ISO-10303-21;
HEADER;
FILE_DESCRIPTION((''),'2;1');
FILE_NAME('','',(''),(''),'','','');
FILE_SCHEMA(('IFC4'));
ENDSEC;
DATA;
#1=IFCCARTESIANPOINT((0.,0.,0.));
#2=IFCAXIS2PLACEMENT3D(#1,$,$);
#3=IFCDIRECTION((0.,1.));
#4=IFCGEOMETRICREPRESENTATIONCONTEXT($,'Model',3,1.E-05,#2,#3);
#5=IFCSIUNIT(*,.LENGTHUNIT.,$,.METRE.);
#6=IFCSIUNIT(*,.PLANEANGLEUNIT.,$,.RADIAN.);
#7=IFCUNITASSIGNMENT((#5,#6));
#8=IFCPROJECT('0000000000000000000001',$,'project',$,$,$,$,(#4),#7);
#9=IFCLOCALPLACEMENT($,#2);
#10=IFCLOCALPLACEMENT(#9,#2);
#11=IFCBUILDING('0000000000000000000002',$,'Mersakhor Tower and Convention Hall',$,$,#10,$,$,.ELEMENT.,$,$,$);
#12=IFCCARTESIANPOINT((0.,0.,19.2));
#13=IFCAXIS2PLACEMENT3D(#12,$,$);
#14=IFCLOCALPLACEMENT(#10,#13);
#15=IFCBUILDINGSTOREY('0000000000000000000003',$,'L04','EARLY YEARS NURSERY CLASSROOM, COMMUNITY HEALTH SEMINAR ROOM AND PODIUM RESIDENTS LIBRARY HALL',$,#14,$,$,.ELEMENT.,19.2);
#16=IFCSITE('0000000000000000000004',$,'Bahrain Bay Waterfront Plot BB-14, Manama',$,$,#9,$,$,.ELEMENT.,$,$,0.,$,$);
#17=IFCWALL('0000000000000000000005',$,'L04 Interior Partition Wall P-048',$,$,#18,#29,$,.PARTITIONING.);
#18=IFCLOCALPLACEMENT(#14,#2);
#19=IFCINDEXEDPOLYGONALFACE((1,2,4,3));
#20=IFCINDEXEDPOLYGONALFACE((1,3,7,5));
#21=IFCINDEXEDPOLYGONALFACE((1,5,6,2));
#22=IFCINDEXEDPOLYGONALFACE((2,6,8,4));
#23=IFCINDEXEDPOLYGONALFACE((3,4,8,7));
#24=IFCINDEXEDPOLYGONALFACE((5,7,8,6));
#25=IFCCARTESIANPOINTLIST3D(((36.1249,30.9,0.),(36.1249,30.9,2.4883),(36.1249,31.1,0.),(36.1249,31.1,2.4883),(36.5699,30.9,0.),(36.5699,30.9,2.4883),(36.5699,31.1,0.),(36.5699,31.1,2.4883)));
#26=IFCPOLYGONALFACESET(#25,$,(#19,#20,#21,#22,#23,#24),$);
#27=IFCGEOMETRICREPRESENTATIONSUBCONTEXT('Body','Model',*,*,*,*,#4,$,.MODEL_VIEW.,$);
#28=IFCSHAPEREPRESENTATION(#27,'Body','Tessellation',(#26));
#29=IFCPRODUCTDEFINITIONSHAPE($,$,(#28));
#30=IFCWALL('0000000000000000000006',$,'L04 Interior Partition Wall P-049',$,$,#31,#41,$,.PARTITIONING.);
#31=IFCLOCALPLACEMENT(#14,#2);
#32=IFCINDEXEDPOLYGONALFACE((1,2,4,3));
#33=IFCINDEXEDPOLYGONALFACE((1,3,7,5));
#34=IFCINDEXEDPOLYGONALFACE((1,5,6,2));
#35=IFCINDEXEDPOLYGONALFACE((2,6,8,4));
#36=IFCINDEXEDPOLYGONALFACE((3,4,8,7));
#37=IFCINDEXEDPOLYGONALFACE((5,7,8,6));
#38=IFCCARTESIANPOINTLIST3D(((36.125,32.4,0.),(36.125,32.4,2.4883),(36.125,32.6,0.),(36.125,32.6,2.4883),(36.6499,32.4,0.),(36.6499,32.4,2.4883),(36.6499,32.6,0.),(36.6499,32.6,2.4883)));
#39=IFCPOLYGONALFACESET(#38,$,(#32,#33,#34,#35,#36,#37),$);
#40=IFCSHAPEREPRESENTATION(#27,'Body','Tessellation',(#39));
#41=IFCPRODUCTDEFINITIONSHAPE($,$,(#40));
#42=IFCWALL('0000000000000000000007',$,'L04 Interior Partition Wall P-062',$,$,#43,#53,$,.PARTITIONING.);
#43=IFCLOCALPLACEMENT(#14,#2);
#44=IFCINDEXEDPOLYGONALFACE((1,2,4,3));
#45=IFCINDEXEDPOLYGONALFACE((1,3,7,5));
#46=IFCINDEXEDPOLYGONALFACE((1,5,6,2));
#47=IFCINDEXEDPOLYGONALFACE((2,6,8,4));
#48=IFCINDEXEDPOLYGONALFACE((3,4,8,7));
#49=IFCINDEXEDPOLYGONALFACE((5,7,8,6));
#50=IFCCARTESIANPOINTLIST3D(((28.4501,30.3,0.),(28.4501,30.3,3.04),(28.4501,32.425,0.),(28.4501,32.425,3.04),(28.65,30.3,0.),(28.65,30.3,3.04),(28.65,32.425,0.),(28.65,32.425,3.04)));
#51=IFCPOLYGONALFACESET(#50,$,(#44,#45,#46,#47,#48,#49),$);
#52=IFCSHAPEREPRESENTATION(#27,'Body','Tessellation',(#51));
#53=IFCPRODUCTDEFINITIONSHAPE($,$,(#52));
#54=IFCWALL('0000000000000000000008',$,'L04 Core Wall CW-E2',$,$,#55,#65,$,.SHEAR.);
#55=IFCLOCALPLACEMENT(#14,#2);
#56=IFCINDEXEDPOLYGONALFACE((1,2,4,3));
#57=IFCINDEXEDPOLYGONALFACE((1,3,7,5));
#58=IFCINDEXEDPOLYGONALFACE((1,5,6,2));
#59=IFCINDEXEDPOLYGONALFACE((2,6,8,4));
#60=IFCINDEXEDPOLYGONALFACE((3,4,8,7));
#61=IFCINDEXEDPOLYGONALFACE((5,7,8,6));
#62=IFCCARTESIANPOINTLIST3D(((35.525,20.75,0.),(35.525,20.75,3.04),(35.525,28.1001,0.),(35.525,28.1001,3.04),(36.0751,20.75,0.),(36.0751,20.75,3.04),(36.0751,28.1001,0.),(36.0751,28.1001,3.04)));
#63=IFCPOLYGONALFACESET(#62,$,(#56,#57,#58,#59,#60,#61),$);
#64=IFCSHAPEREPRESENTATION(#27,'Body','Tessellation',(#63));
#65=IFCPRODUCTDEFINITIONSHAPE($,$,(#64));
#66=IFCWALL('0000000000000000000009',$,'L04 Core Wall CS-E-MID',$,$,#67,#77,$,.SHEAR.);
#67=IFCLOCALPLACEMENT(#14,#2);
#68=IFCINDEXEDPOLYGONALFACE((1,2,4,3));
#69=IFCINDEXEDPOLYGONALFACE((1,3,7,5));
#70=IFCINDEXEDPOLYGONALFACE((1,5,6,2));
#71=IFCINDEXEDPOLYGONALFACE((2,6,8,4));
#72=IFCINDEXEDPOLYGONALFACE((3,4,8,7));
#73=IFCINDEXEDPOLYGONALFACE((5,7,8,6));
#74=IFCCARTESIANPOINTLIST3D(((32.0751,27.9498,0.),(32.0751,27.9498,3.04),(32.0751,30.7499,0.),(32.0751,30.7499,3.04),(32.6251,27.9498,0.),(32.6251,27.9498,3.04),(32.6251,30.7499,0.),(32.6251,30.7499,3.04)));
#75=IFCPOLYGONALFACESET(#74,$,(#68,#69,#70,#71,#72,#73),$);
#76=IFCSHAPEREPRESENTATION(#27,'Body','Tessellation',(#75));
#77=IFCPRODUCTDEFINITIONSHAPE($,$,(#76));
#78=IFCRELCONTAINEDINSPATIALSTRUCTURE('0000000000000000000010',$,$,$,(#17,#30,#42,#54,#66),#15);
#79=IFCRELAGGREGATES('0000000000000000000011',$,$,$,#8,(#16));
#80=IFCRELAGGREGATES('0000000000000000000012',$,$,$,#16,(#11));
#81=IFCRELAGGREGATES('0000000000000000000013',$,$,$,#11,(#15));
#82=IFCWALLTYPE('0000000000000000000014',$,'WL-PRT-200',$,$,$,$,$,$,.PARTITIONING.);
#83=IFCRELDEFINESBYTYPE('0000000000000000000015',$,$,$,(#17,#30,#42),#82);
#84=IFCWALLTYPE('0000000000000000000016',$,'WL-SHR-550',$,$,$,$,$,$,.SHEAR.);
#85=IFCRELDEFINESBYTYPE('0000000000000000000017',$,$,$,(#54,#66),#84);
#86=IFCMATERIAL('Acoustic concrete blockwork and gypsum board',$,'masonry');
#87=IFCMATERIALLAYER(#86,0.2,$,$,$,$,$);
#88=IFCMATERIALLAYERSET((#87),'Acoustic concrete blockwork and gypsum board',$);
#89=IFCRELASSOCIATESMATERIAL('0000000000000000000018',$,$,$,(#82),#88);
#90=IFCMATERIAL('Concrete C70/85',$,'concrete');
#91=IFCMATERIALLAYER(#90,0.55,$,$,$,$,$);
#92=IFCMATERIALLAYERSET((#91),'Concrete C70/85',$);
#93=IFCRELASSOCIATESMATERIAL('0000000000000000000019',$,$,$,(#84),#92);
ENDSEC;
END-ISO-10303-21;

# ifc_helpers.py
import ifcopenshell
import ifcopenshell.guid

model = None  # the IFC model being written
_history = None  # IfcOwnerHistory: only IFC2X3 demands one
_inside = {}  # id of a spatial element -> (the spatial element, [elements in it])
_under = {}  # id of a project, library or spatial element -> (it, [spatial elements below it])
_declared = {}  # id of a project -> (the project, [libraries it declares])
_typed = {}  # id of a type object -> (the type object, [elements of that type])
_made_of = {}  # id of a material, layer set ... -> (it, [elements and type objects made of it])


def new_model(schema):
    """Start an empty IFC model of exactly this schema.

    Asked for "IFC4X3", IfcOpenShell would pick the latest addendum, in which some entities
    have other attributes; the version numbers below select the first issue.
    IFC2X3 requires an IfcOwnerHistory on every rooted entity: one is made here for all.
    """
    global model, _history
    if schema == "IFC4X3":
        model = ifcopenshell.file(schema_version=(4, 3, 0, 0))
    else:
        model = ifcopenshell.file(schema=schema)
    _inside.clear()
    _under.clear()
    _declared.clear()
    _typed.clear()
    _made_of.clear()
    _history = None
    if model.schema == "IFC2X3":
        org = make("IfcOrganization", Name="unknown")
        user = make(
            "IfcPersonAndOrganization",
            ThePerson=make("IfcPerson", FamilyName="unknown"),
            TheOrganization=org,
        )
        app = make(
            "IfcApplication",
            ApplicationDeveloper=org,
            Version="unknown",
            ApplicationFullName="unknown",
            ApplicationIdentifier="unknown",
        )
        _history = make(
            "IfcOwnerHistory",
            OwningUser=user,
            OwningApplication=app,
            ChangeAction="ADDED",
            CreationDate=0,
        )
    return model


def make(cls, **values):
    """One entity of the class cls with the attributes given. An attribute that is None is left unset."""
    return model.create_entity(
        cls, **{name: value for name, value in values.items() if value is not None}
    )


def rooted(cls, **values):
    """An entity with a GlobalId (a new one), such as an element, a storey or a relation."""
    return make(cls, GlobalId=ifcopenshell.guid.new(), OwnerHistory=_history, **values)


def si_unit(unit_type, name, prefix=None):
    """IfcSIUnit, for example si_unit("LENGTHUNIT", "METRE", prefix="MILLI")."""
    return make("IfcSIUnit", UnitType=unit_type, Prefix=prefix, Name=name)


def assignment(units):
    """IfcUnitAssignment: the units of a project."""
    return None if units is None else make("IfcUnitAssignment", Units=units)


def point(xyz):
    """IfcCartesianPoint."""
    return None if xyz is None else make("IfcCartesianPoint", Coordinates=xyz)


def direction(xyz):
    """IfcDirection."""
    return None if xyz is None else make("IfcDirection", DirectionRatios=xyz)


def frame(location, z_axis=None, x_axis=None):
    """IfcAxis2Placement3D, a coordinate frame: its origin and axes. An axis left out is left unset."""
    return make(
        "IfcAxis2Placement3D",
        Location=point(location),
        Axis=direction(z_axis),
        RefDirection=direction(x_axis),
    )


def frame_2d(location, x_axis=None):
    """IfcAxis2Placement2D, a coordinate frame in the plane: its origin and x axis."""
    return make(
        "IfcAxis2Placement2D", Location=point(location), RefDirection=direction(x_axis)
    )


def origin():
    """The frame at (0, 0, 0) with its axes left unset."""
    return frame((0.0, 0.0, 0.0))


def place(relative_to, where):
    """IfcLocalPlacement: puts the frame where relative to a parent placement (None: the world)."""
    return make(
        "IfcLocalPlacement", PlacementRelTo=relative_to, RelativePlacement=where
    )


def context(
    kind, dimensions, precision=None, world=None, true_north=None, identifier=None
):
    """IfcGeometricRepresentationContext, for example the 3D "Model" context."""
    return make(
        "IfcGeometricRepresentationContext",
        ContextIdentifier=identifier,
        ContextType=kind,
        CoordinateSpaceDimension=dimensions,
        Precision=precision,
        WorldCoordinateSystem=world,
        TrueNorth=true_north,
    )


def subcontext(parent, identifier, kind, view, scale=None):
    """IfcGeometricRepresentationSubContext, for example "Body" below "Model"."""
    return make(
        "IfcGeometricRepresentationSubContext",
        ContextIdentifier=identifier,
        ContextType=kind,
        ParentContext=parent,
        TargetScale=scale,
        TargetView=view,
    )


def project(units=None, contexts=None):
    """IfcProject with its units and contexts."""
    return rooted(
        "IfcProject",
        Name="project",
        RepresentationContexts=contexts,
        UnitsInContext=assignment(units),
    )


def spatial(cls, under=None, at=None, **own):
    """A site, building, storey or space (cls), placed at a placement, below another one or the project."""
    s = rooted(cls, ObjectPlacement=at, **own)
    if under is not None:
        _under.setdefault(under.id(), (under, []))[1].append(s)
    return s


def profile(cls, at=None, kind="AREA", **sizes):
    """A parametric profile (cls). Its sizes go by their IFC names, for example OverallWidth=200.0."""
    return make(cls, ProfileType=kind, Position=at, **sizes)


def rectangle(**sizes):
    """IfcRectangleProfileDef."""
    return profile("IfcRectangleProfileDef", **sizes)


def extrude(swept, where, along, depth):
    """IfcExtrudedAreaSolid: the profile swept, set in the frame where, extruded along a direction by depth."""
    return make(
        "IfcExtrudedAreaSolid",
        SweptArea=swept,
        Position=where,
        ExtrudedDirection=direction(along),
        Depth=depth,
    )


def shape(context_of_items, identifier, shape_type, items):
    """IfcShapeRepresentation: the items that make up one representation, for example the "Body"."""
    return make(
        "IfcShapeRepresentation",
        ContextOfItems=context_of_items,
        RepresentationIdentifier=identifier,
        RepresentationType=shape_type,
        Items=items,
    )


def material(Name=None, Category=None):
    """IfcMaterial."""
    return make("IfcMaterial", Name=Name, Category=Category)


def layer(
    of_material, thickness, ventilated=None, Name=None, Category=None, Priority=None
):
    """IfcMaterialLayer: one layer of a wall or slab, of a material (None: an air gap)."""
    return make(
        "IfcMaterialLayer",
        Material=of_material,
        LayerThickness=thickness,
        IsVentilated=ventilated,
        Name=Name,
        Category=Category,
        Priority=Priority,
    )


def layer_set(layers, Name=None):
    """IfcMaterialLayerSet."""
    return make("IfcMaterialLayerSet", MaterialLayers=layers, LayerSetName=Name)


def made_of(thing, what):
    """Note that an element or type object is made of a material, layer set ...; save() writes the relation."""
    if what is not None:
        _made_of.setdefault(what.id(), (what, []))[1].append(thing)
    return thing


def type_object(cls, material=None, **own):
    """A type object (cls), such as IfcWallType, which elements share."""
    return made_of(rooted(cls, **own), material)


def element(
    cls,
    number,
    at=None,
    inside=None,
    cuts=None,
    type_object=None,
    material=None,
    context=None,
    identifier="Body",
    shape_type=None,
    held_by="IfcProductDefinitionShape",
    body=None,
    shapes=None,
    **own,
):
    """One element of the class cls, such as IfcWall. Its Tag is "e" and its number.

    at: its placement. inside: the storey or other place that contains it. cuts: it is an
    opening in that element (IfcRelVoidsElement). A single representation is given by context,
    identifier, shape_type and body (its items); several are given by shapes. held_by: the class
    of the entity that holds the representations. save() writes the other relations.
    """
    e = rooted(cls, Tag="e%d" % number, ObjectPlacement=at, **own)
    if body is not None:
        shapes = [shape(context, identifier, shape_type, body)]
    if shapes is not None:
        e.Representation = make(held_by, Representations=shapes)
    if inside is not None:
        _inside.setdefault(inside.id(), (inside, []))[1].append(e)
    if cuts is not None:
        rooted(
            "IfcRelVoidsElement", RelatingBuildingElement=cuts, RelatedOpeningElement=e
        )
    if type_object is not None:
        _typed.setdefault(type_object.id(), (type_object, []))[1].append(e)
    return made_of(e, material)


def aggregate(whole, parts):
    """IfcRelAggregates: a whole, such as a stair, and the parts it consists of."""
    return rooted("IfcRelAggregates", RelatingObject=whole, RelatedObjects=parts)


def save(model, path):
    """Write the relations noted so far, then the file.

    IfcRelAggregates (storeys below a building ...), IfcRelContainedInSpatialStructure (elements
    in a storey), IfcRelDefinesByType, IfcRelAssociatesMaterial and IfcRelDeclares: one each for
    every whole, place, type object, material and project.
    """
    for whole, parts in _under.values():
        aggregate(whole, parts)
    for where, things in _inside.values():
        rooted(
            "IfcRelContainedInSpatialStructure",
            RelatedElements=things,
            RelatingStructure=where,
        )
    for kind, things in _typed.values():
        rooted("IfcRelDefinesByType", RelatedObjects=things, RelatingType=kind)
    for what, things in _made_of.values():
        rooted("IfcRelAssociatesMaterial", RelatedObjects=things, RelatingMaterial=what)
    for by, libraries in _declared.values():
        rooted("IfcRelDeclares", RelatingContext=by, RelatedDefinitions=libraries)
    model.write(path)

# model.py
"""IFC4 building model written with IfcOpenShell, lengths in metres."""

from ifc_helpers import new_model, si_unit, direction, frame, frame_2d, origin, place, context, subcontext, project, spatial, rectangle, extrude, material, layer, layer_set, type_object, element, save


model = new_model("IFC4")

# Units and contexts
model_context = context("Model", 3, precision=1e-05, world=origin(), true_north=direction((0.0, 1.0)))
body_context = subcontext(model_context, "Body", "Model", "MODEL_VIEW")
ifc_project = project(units=[si_unit("LENGTHUNIT", "METRE"), si_unit("PLANEANGLEUNIT", "RADIAN")], contexts=[model_context])

# Site, building, storey
site_placement = place(None, origin())
site = spatial("IfcSite", under=ifc_project, at=site_placement, Name="Bahrain Bay Waterfront Plot BB-14, Manama", CompositionType="ELEMENT", RefElevation=0.0)
building_placement = place(site_placement, origin())
building = spatial("IfcBuilding", under=site, at=building_placement, Name="Mersakhor Tower and Convention Hall", CompositionType="ELEMENT")
storey_placement = place(building_placement, frame((0.0, 0.0, 19.2)))
storey = spatial("IfcBuildingStorey", under=building, at=storey_placement, Name="L04", Description="EARLY YEARS NURSERY CLASSROOM, COMMUNITY HEALTH SEMINAR ROOM AND PODIUM RESIDENTS LIBRARY HALL", CompositionType="ELEMENT", Elevation=19.2)

# Shared definitions
ifc_material_1 = material(Name="Acoustic concrete blockwork and gypsum board", Category="masonry")
ifc_layer_1 = layer(ifc_material_1, 0.2)
ifc_layer_set_1 = layer_set([ifc_layer_1], Name="Acoustic concrete blockwork and gypsum board")
wall_type_1 = type_object("IfcWallType", Name="WL-PRT-200", PredefinedType="PARTITIONING", material=ifc_layer_set_1)

# Walls
wall_1_placement = place(storey_placement, frame((36.5701, 31.0, 0.0), z_axis=(0.0, 0.0, 1.0), x_axis=(-1.0, 0.0, 0.0)))
element("IfcWall", 1, at=wall_1_placement, inside=storey, type_object=wall_type_1, Name="L04 Interior Partition Wall P-048", PredefinedType="PARTITIONING", context=body_context, shape_type="SweptSolid", body=[
    extrude(rectangle(XDim=0.4451, YDim=0.2, at=frame_2d((0.2227, 0.0))), origin(), (0.0, 0.0, 1.0), 2.4883),
])
wall_2_placement = place(storey_placement, frame((36.125, 32.5, 0.0), z_axis=(0.0, 0.0, 1.0), x_axis=(1.0, 0.0, 0.0)))
element("IfcWall", 2, at=wall_2_placement, inside=storey, type_object=wall_type_1, Name="L04 Interior Partition Wall P-049", PredefinedType="PARTITIONING", context=body_context, shape_type="SweptSolid", body=[
    extrude(rectangle(XDim=0.5249, YDim=0.2, at=frame_2d((0.2625, 0.0))), origin(), (0.0, 0.0, 1.0), 2.4883),
])
wall_3_placement = place(storey_placement, frame((28.55, 32.425, 0.0), z_axis=(0.0, 0.0, 1.0), x_axis=(0.0, -1.0, 0.0)))
element("IfcWall", 3, at=wall_3_placement, inside=storey, type_object=wall_type_1, Name="L04 Interior Partition Wall P-062", PredefinedType="PARTITIONING", context=body_context, shape_type="SweptSolid", body=[
    extrude(rectangle(XDim=2.125, YDim=0.2, at=frame_2d((1.0625, 0.0))), origin(), (0.0, 0.0, 1.0), 3.04),
])

# Walls
ifc_material_2 = material(Name="Concrete C70/85", Category="concrete")
ifc_layer_2 = layer(ifc_material_2, 0.55)
ifc_layer_set_2 = layer_set([ifc_layer_2], Name="Concrete C70/85")
wall_type_2 = type_object("IfcWallType", Name="WL-SHR-550", PredefinedType="SHEAR", material=ifc_layer_set_2)
wall_4_placement = place(storey_placement, frame((35.8, 28.1001, 0.0), z_axis=(0.0, 0.0, 1.0), x_axis=(0.0, -1.0, 0.0)))
element("IfcWall", 4, at=wall_4_placement, inside=storey, type_object=wall_type_2, Name="L04 Core Wall CW-E2", PredefinedType="SHEAR", context=body_context, shape_type="SweptSolid", body=[
    extrude(rectangle(XDim=7.3501, YDim=0.55, at=frame_2d((3.675, 0.0))), origin(), (0.0, 0.0, 1.0), 3.04),
])
wall_5_placement = place(storey_placement, frame((32.3501, 27.95, 0.0), z_axis=(0.0, 0.0, 1.0), x_axis=(0.0, 1.0, 0.0)))
element("IfcWall", 5, at=wall_5_placement, inside=storey, type_object=wall_type_2, Name="L04 Core Wall CS-E-MID", PredefinedType="SHEAR", context=body_context, shape_type="SweptSolid", body=[
    extrude(rectangle(XDim=2.8, YDim=0.55, at=frame_2d((1.3999, 0.0))), origin(), (0.0, 0.0, 1.0), 3.04),
])

save(model, "model.ifc")
